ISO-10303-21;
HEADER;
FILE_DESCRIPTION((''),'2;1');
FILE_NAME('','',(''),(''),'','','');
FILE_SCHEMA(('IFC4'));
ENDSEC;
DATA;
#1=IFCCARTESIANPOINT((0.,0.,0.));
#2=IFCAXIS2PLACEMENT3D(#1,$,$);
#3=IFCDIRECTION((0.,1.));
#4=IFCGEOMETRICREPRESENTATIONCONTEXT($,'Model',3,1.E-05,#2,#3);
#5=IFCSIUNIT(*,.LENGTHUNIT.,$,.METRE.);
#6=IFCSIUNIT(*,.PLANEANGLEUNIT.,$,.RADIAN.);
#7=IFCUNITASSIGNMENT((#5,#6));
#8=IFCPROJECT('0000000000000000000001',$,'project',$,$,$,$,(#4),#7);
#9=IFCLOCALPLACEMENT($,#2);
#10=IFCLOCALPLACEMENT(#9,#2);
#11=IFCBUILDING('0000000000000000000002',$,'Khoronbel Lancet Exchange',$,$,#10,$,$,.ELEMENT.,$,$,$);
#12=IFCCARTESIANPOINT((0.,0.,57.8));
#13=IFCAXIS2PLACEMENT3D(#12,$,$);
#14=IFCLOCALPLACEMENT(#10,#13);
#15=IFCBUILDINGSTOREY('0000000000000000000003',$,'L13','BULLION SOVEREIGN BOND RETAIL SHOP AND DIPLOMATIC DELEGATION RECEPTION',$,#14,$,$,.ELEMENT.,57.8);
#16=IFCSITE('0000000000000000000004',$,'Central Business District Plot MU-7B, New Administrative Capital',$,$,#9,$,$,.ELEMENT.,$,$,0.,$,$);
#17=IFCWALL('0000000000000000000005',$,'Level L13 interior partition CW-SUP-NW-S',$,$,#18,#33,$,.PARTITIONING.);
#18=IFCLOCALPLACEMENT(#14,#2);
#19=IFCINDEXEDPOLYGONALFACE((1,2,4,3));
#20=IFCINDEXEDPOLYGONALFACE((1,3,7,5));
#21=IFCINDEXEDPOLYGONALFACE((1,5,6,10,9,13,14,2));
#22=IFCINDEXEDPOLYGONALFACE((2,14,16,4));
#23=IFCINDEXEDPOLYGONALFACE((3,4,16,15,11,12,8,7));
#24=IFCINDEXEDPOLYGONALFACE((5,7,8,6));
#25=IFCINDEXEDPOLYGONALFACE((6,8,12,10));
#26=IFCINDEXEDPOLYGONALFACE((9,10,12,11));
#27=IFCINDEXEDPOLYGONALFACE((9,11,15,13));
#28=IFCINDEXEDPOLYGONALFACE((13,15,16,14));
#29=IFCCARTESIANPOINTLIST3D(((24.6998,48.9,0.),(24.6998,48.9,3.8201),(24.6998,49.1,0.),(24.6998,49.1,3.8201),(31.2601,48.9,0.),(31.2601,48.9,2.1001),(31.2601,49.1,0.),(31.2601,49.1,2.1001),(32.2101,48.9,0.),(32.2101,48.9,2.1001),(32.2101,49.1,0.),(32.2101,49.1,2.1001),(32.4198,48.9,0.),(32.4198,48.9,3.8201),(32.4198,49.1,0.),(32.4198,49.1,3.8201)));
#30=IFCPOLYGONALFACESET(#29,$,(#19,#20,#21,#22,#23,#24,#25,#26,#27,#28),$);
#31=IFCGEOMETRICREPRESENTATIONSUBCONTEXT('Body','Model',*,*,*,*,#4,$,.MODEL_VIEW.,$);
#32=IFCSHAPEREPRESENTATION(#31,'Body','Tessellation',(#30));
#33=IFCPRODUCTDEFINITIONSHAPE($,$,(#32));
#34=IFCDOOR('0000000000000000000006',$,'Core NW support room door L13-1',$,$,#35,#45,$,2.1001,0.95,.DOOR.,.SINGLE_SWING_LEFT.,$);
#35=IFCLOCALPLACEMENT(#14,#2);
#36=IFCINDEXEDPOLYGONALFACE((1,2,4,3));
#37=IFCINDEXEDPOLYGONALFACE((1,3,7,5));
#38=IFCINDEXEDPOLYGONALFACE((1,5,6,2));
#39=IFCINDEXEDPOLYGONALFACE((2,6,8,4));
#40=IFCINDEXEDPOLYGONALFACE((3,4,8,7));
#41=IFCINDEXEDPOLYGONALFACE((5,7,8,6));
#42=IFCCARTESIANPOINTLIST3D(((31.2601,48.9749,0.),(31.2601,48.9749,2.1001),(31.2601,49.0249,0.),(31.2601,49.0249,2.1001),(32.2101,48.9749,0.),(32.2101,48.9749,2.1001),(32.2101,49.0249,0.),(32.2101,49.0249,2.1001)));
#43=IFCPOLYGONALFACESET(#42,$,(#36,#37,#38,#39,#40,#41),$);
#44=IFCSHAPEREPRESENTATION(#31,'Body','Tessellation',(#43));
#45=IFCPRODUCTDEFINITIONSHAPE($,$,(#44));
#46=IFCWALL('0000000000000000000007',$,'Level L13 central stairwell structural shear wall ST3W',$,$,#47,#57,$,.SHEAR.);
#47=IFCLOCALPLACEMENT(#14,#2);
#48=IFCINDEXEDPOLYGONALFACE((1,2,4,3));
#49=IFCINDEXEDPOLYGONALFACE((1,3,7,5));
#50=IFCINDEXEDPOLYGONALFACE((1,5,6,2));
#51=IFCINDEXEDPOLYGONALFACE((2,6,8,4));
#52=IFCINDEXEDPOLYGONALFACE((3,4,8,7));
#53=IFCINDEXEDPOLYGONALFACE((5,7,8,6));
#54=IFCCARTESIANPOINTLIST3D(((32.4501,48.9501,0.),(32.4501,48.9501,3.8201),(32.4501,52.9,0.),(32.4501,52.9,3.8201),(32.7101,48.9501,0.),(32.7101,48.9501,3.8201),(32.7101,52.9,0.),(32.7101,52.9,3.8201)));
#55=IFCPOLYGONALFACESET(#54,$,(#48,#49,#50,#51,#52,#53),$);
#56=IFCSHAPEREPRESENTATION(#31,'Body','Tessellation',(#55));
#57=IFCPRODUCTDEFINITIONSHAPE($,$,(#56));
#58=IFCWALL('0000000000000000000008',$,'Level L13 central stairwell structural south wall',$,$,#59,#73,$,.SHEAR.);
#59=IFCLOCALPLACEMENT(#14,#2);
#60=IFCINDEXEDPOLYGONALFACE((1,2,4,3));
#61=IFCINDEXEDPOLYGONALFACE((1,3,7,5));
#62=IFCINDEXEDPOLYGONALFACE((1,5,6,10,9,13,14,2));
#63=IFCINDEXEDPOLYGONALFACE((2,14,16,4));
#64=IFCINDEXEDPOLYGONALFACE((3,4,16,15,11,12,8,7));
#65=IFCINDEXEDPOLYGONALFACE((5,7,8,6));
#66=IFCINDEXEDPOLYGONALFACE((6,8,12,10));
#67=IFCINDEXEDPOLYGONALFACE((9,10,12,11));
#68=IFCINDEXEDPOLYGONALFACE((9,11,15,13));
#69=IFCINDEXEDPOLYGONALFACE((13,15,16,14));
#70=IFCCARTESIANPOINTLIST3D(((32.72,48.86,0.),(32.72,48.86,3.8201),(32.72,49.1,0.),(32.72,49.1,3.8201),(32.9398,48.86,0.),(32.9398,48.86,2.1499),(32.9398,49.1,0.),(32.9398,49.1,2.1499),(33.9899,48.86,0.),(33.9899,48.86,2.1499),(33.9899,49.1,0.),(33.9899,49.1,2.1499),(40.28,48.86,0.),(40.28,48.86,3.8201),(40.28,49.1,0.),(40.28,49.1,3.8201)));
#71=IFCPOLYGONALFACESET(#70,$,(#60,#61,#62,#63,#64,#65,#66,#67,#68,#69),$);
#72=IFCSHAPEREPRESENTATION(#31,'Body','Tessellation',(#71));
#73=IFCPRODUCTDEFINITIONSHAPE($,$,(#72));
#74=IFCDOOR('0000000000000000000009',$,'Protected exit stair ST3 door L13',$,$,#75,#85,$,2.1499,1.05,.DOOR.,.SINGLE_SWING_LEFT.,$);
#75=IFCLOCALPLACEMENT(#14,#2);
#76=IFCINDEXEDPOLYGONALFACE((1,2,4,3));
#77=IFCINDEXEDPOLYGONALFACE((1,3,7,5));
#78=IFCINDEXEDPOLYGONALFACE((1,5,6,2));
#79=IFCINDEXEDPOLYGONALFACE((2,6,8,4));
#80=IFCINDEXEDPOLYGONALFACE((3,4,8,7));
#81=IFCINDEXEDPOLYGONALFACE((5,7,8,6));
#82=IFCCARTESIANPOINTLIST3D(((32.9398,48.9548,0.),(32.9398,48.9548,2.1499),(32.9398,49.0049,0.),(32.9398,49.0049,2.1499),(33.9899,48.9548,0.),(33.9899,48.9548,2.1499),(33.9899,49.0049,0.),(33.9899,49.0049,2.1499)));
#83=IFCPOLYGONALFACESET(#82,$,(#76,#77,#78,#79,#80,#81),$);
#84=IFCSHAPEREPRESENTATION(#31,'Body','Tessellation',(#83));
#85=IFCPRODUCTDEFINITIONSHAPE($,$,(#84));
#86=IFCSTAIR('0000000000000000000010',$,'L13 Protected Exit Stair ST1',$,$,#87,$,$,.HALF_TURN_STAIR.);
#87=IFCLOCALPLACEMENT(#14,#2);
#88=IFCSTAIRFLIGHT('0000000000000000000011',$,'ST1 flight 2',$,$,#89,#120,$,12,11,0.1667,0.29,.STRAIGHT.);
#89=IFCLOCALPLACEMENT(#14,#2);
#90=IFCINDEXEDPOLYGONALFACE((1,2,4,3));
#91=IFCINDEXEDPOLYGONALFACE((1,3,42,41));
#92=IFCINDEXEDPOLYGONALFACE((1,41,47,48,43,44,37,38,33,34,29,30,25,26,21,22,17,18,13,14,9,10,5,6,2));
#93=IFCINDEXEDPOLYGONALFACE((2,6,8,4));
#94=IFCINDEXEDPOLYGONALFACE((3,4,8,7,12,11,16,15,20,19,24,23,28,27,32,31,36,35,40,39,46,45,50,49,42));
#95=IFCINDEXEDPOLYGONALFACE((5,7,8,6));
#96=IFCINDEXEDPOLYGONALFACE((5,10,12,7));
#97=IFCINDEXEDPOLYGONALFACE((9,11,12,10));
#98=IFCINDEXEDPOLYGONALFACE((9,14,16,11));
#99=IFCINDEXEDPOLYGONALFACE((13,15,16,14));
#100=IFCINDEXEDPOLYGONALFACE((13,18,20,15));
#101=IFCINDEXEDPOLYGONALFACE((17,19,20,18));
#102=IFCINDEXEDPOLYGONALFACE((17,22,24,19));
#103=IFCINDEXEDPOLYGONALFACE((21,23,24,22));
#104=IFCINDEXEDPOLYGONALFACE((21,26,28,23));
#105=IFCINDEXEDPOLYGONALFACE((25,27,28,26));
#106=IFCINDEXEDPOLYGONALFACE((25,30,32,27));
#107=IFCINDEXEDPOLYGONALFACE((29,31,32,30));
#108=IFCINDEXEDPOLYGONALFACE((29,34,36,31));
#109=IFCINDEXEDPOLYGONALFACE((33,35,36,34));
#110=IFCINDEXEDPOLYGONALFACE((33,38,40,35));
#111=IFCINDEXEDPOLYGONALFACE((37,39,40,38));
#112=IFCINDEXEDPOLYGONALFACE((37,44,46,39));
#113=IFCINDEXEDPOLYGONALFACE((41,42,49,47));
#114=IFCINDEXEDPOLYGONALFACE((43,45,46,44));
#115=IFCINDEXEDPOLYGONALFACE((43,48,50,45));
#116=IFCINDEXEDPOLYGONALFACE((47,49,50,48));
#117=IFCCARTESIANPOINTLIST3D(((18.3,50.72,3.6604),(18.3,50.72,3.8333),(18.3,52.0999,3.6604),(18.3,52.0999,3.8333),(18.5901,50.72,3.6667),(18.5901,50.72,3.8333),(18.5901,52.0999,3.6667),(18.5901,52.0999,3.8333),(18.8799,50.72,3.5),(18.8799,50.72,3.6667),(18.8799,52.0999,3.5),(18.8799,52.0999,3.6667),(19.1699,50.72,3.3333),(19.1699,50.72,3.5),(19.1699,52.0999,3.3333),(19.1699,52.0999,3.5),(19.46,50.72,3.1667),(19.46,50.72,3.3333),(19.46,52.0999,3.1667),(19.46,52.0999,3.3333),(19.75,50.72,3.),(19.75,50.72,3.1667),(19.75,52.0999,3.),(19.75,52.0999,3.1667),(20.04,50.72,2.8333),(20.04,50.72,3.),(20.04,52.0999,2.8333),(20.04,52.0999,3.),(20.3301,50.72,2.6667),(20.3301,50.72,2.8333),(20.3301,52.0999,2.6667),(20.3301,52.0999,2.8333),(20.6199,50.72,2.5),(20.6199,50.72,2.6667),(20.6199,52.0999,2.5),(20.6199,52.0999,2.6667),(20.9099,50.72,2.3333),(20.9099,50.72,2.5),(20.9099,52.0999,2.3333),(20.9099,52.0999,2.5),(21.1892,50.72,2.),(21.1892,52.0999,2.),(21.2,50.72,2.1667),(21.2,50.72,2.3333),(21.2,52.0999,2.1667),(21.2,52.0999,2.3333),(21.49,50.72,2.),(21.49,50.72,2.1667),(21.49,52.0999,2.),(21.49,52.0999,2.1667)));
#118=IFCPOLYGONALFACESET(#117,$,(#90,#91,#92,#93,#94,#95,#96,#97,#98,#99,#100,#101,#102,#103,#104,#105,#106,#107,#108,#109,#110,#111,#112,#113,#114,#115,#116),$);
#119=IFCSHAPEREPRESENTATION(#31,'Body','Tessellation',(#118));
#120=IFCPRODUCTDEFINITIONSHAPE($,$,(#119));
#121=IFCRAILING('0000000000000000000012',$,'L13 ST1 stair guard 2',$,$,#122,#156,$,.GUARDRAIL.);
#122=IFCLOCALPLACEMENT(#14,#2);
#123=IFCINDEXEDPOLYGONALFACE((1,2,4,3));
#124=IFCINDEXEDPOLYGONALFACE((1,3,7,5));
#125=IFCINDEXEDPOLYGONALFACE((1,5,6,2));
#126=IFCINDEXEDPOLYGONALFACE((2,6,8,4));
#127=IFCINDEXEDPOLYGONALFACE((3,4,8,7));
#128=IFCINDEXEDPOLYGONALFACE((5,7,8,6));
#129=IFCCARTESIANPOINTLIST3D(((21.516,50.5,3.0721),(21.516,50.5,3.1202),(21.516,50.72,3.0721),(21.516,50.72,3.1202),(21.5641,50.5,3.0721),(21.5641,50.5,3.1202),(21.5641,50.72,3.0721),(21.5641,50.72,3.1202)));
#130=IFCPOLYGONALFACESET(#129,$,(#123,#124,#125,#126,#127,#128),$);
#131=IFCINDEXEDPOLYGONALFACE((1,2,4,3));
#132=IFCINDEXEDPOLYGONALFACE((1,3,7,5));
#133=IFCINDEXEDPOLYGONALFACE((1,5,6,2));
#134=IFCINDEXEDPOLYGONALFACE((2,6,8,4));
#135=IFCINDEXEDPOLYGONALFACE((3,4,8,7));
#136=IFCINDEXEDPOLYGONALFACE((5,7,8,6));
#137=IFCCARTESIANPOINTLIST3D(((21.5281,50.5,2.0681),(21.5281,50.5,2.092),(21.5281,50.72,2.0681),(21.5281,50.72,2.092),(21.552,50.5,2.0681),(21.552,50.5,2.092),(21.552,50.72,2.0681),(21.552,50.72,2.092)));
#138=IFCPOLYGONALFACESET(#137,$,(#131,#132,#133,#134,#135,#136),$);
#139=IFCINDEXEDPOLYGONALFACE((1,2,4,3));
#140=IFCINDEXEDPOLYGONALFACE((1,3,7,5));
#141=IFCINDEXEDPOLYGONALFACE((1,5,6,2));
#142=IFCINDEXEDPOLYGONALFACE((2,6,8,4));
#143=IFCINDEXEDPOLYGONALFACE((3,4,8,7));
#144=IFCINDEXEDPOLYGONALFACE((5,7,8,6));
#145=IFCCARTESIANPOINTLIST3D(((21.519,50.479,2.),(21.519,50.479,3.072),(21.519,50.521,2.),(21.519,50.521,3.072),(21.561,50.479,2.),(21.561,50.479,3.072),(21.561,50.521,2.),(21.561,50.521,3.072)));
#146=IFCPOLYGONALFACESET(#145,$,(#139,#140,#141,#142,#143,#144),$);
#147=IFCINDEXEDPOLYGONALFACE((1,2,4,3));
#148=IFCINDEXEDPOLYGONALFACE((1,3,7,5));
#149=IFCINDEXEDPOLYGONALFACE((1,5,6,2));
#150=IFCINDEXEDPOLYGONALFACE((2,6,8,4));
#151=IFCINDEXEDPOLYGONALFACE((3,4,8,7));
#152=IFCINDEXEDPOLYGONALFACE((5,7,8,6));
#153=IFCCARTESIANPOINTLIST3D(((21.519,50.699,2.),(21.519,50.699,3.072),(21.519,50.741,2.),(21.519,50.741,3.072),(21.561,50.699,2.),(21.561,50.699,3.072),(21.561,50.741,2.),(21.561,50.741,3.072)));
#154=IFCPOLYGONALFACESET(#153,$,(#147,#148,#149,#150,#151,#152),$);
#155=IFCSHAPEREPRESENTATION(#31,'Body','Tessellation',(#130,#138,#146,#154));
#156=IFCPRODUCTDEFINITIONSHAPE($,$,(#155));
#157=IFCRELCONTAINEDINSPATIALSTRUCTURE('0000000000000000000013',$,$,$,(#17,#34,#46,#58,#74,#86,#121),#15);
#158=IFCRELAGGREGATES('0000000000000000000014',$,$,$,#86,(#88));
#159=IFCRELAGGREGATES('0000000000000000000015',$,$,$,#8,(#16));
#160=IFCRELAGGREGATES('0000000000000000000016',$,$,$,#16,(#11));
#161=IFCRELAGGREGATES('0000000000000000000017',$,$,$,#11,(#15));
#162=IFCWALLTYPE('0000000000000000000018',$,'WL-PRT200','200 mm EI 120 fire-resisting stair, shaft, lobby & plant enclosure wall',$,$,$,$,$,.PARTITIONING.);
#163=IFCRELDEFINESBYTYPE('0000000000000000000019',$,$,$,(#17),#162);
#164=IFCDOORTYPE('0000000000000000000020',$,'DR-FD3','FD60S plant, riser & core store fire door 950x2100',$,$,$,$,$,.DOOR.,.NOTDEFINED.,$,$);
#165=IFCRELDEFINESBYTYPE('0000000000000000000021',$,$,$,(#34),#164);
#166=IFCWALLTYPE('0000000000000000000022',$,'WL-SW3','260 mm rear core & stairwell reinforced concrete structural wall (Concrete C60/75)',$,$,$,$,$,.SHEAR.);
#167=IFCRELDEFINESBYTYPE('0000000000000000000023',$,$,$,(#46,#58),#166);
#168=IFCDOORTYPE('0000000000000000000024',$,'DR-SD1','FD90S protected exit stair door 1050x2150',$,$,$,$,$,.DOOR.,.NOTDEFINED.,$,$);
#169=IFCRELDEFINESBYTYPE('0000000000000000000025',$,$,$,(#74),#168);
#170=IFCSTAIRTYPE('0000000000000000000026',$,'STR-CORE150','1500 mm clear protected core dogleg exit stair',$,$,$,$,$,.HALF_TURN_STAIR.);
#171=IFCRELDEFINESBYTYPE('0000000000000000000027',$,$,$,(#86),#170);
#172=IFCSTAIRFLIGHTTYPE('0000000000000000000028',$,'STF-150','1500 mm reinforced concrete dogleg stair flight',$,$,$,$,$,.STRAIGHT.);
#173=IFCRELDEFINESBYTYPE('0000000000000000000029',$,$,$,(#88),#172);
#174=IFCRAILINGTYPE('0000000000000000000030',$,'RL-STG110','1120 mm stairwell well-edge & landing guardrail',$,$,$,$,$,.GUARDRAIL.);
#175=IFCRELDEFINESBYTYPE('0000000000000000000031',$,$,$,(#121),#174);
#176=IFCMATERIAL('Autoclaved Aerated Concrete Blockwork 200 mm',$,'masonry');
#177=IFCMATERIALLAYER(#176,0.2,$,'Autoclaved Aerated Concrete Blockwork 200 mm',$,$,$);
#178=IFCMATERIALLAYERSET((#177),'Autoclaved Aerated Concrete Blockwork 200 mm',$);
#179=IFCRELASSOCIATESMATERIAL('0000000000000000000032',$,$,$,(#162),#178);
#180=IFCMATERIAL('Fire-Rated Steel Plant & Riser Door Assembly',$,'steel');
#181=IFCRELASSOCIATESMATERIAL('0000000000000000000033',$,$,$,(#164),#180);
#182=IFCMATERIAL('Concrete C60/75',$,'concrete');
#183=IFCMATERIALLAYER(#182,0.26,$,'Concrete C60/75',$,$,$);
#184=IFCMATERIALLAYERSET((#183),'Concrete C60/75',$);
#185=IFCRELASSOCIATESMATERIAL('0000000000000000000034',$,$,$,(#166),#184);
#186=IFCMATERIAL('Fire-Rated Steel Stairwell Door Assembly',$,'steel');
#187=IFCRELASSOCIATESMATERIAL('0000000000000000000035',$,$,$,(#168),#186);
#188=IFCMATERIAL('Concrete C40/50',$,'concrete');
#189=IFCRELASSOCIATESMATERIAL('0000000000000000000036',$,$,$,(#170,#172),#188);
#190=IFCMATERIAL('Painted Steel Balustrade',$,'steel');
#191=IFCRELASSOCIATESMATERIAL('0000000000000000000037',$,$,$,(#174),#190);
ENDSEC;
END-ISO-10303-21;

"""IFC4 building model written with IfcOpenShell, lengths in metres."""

from ifc_helpers import new_model, si_unit, direction, frame, frame_2d, origin, origin_2d, place, context, subcontext, project, spatial, polyline, rectangle, outline, extrude, material, layer, layer_set, type_object, element, fill, aggregate, save


model = new_model("IFC4")

# Units and contexts
model_context = context("Model", 3, precision=1e-05, world=origin(), true_north=direction((0.0, 1.0)))
body_context = subcontext(model_context, "Body", "Model", "MODEL_VIEW")
ifc_project = project(units=[si_unit("LENGTHUNIT", "METRE"), si_unit("PLANEANGLEUNIT", "RADIAN")], contexts=[model_context])

# Site, building, storey
site_placement = place(None, origin())
site = spatial("IfcSite", under=ifc_project, at=site_placement, Name="Central Business District Plot MU-7B, New Administrative Capital", CompositionType="ELEMENT", RefElevation=0.0)
building_placement = place(site_placement, origin())
building = spatial("IfcBuilding", under=site, at=building_placement, Name="Khoronbel Lancet Exchange", CompositionType="ELEMENT")
storey_placement = place(building_placement, frame((0.0, 0.0, 57.8)))
storey = spatial("IfcBuildingStorey", under=building, at=storey_placement, Name="L13", Description="BULLION SOVEREIGN BOND RETAIL SHOP AND DIPLOMATIC DELEGATION RECEPTION", CompositionType="ELEMENT", Elevation=57.8)

# Shared definitions
ifc_material_1 = material(Name="Autoclaved Aerated Concrete Blockwork 200 mm", Category="masonry")
ifc_layer_1 = layer(ifc_material_1, 0.2, Name="Autoclaved Aerated Concrete Blockwork 200 mm")
ifc_layer_set_1 = layer_set([ifc_layer_1], Name="Autoclaved Aerated Concrete Blockwork 200 mm")
wall_type_1 = type_object("IfcWallType", Name="WL-PRT200", Description="200 mm EI 120 fire-resisting stair, shaft, lobby & plant enclosure wall", PredefinedType="PARTITIONING", material=ifc_layer_set_1)

# Wall, opening, door
wall_1_placement = place(storey_placement, frame((24.7, 49.0, 0.0), z_axis=(0.0, 0.0, 1.0), x_axis=(1.0, 0.0, 0.0)))
wall_1 = element("IfcWall", 1, at=wall_1_placement, inside=storey, type_object=wall_type_1, Name="Level L13 interior partition CW-SUP-NW-S", PredefinedType="PARTITIONING", context=body_context, shape_type="SweptSolid", body=[
    extrude(rectangle(XDim=7.72, YDim=0.2, at=frame_2d((3.8599, 0.0))), origin(), (0.0, 0.0, 1.0), 3.8201),
])
opening_1_placement = place(wall_1_placement, frame((6.5601, 0.0, 0.0)))
opening_1 = element("IfcOpeningElement", 2, at=opening_1_placement, cuts=wall_1, PredefinedType="OPENING", context=body_context, shape_type="SweptSolid", body=[
    extrude(rectangle(XDim=0.95, YDim=2.1001, at=frame_2d((0.4751, 1.05))), frame((0.0, 0.1099, 0.0), z_axis=(0.0, -1.0, 0.0), x_axis=(1.0, 0.0, 0.0)), (0.0, 0.0, 1.0), 0.22),
])
ifc_material_2 = material(Name="Fire-Rated Steel Plant & Riser Door Assembly", Category="steel")
door_type_1 = type_object("IfcDoorType", Name="DR-FD3", Description="FD60S plant, riser & core store fire door 950x2100", OperationType="NOTDEFINED", PredefinedType="DOOR", material=ifc_material_2)
door_1_placement = place(opening_1_placement, origin())
door_1 = element("IfcDoor", 3, at=door_1_placement, inside=storey, type_object=door_type_1, Name="Core NW support room door L13-1", OperationType="SINGLE_SWING_LEFT", OverallHeight=2.1001, OverallWidth=0.95, PredefinedType="DOOR", context=body_context, shape_type="SweptSolid", body=[
    extrude(rectangle(XDim=0.95, YDim=2.1001, at=frame_2d((0.4751, 1.05))), frame((0.0, 0.0249, 0.0), z_axis=(0.0, -1.0, 0.0), x_axis=(1.0, 0.0, 0.0)), (0.0, 0.0, 1.0), 0.05),
])
fill(opening_1, door_1)

# Wall
ifc_material_3 = material(Name="Concrete C60/75", Category="concrete")
ifc_layer_2 = layer(ifc_material_3, 0.26, Name="Concrete C60/75")
ifc_layer_set_2 = layer_set([ifc_layer_2], Name="Concrete C60/75")
wall_type_2 = type_object("IfcWallType", Name="WL-SW3", Description="260 mm rear core & stairwell reinforced concrete structural wall (Concrete C60/75)", PredefinedType="SHEAR", material=ifc_layer_set_2)
wall_2_placement = place(storey_placement, frame((32.5801, 48.95, 0.0), z_axis=(0.0, 0.0, 1.0), x_axis=(0.0, 1.0, 0.0)))
element("IfcWall", 4, at=wall_2_placement, inside=storey, type_object=wall_type_2, Name="Level L13 central stairwell structural shear wall ST3W", PredefinedType="SHEAR", context=body_context, shape_type="SweptSolid", body=[
    extrude(rectangle(XDim=3.95, YDim=0.26, at=frame_2d((1.9751, 0.0))), origin(), (0.0, 0.0, 1.0), 3.8201),
])

# Wall, opening, door
wall_3_placement = place(storey_placement, frame((32.72, 48.98, 0.0), z_axis=(0.0, 0.0, 1.0), x_axis=(1.0, 0.0, 0.0)))
wall_3 = element("IfcWall", 5, at=wall_3_placement, inside=storey, type_object=wall_type_2, Name="Level L13 central stairwell structural south wall", PredefinedType="SHEAR", context=body_context, shape_type="SweptSolid", body=[
    extrude(rectangle(XDim=7.5601, YDim=0.24, at=frame_2d((3.78, 0.0))), origin(), (0.0, 0.0, 1.0), 3.8201),
])
opening_2_placement = place(wall_3_placement, frame((0.22, 0.0, 0.0)))
opening_2 = element("IfcOpeningElement", 6, at=opening_2_placement, cuts=wall_3, PredefinedType="OPENING", context=body_context, shape_type="SweptSolid", body=[
    extrude(rectangle(XDim=1.05, YDim=2.1499, at=frame_2d((0.5249, 1.075))), frame((0.0, 0.1299, 0.0), z_axis=(0.0, -1.0, 0.0), x_axis=(1.0, 0.0, 0.0)), (0.0, 0.0, 1.0), 0.26),
])
ifc_material_4 = material(Name="Fire-Rated Steel Stairwell Door Assembly", Category="steel")
door_type_2 = type_object("IfcDoorType", Name="DR-SD1", Description="FD90S protected exit stair door 1050x2150", OperationType="NOTDEFINED", PredefinedType="DOOR", material=ifc_material_4)
door_2_placement = place(opening_2_placement, origin())
door_2 = element("IfcDoor", 7, at=door_2_placement, inside=storey, type_object=door_type_2, Name="Protected exit stair ST3 door L13", OperationType="SINGLE_SWING_LEFT", OverallHeight=2.1499, OverallWidth=1.05, PredefinedType="DOOR", context=body_context, shape_type="SweptSolid", body=[
    extrude(rectangle(XDim=1.05, YDim=2.1499, at=frame_2d((0.5249, 1.075))), frame((0.0, 0.0249, 0.0), z_axis=(0.0, -1.0, 0.0), x_axis=(1.0, 0.0, 0.0)), (0.0, 0.0, 1.0), 0.05),
])
fill(opening_2, door_2)

# Stair, stair flight
ifc_material_5 = material(Name="Concrete C40/50", Category="concrete")
stair_type = type_object("IfcStairType", Name="STR-CORE150", Description="1500 mm clear protected core dogleg exit stair", PredefinedType="HALF_TURN_STAIR", material=ifc_material_5)
stair_placement = place(storey_placement, origin())
stair = element("IfcStair", 8, at=stair_placement, inside=storey, type_object=stair_type, Name="L13 Protected Exit Stair ST1", PredefinedType="HALF_TURN_STAIR")
stair_flight_type = type_object("IfcStairFlightType", Name="STF-150", Description="1500 mm reinforced concrete dogleg stair flight", PredefinedType="STRAIGHT", material=ifc_material_5)
stair_flight_placement = place(storey_placement, frame((21.49, 51.4099, 2.0), z_axis=(0.0, 0.0, 1.0), x_axis=(-1.0, 0.0, 0.0)))
stair_flight = element("IfcStairFlight", 9, at=stair_flight_placement, type_object=stair_flight_type, Name="ST1 flight 2", NumberOfRisers=12, NumberOfTreads=11, PredefinedType="STRAIGHT", RiserHeight=0.1667, TreadLength=0.29, context=body_context, shape_type="SweptSolid", body=[
    extrude(outline(polyline([(0.0, 0.0), (0.0, 0.1667), (0.29, 0.1667), (0.29, 0.3333), (0.5801, 0.3333), (0.5801, 0.5), (0.8701, 0.5), (0.8701, 0.6667), (1.1599, 0.6667), (1.1599, 0.8333), (1.45, 0.8333), (1.45, 1.0), (1.74, 1.0), (1.74, 1.1667), (2.03, 1.1667), (2.03, 1.3333), (2.3201, 1.3333), (2.3201, 1.5), (2.6101, 1.5), (2.6101, 1.6667), (2.8999, 1.6667), (2.8999, 1.8333), (3.1899, 1.8333), (3.1899, 2.0), (3.1899, 1.6604), (0.3008, 0.0), (0.0, 0.0)])), frame((0.0, 0.6899, 0.0), z_axis=(0.0, -1.0, 0.0), x_axis=(1.0, 0.0, 0.0)), (0.0, 0.0, 1.0), 1.3799),
])
aggregate(stair, [stair_flight])

# Railing
ifc_material_6 = material(Name="Painted Steel Balustrade", Category="steel")
railing_type_1 = type_object("IfcRailingType", Name="RL-STG110", Description="1120 mm stairwell well-edge & landing guardrail", PredefinedType="GUARDRAIL", material=ifc_material_6)
railing_1_placement = place(storey_placement, frame((21.54, 50.5, 2.0)))
element("IfcRailing", 10, at=railing_1_placement, inside=storey, type_object=railing_type_1, Name="L13 ST1 stair guard 2", PredefinedType="GUARDRAIL", context=body_context, shape_type="SweptSolid", body=[
    extrude(rectangle(XDim=0.0481, YDim=0.0481, at=origin_2d()), frame((0.0, 0.0, 1.0962), z_axis=(0.0, 1.0, 0.0), x_axis=(-1.0, 0.0, 0.0)), (0.0, 0.0, 1.0), 0.22),
    extrude(rectangle(XDim=0.0239, YDim=0.0239, at=origin_2d()), frame((0.0, 0.0, 0.0801), z_axis=(0.0, 1.0, 0.0), x_axis=(-1.0, 0.0, 0.0)), (0.0, 0.0, 1.0), 0.22),
    extrude(rectangle(XDim=0.042, YDim=0.042, at=origin_2d()), origin(), (0.0, 0.0, 1.0), 1.072),
    extrude(rectangle(XDim=0.042, YDim=0.042, at=origin_2d()), frame((0.0, 0.22, 0.0)), (0.0, 0.0, 1.0), 1.072),
])

save(model, "model.ifc")
